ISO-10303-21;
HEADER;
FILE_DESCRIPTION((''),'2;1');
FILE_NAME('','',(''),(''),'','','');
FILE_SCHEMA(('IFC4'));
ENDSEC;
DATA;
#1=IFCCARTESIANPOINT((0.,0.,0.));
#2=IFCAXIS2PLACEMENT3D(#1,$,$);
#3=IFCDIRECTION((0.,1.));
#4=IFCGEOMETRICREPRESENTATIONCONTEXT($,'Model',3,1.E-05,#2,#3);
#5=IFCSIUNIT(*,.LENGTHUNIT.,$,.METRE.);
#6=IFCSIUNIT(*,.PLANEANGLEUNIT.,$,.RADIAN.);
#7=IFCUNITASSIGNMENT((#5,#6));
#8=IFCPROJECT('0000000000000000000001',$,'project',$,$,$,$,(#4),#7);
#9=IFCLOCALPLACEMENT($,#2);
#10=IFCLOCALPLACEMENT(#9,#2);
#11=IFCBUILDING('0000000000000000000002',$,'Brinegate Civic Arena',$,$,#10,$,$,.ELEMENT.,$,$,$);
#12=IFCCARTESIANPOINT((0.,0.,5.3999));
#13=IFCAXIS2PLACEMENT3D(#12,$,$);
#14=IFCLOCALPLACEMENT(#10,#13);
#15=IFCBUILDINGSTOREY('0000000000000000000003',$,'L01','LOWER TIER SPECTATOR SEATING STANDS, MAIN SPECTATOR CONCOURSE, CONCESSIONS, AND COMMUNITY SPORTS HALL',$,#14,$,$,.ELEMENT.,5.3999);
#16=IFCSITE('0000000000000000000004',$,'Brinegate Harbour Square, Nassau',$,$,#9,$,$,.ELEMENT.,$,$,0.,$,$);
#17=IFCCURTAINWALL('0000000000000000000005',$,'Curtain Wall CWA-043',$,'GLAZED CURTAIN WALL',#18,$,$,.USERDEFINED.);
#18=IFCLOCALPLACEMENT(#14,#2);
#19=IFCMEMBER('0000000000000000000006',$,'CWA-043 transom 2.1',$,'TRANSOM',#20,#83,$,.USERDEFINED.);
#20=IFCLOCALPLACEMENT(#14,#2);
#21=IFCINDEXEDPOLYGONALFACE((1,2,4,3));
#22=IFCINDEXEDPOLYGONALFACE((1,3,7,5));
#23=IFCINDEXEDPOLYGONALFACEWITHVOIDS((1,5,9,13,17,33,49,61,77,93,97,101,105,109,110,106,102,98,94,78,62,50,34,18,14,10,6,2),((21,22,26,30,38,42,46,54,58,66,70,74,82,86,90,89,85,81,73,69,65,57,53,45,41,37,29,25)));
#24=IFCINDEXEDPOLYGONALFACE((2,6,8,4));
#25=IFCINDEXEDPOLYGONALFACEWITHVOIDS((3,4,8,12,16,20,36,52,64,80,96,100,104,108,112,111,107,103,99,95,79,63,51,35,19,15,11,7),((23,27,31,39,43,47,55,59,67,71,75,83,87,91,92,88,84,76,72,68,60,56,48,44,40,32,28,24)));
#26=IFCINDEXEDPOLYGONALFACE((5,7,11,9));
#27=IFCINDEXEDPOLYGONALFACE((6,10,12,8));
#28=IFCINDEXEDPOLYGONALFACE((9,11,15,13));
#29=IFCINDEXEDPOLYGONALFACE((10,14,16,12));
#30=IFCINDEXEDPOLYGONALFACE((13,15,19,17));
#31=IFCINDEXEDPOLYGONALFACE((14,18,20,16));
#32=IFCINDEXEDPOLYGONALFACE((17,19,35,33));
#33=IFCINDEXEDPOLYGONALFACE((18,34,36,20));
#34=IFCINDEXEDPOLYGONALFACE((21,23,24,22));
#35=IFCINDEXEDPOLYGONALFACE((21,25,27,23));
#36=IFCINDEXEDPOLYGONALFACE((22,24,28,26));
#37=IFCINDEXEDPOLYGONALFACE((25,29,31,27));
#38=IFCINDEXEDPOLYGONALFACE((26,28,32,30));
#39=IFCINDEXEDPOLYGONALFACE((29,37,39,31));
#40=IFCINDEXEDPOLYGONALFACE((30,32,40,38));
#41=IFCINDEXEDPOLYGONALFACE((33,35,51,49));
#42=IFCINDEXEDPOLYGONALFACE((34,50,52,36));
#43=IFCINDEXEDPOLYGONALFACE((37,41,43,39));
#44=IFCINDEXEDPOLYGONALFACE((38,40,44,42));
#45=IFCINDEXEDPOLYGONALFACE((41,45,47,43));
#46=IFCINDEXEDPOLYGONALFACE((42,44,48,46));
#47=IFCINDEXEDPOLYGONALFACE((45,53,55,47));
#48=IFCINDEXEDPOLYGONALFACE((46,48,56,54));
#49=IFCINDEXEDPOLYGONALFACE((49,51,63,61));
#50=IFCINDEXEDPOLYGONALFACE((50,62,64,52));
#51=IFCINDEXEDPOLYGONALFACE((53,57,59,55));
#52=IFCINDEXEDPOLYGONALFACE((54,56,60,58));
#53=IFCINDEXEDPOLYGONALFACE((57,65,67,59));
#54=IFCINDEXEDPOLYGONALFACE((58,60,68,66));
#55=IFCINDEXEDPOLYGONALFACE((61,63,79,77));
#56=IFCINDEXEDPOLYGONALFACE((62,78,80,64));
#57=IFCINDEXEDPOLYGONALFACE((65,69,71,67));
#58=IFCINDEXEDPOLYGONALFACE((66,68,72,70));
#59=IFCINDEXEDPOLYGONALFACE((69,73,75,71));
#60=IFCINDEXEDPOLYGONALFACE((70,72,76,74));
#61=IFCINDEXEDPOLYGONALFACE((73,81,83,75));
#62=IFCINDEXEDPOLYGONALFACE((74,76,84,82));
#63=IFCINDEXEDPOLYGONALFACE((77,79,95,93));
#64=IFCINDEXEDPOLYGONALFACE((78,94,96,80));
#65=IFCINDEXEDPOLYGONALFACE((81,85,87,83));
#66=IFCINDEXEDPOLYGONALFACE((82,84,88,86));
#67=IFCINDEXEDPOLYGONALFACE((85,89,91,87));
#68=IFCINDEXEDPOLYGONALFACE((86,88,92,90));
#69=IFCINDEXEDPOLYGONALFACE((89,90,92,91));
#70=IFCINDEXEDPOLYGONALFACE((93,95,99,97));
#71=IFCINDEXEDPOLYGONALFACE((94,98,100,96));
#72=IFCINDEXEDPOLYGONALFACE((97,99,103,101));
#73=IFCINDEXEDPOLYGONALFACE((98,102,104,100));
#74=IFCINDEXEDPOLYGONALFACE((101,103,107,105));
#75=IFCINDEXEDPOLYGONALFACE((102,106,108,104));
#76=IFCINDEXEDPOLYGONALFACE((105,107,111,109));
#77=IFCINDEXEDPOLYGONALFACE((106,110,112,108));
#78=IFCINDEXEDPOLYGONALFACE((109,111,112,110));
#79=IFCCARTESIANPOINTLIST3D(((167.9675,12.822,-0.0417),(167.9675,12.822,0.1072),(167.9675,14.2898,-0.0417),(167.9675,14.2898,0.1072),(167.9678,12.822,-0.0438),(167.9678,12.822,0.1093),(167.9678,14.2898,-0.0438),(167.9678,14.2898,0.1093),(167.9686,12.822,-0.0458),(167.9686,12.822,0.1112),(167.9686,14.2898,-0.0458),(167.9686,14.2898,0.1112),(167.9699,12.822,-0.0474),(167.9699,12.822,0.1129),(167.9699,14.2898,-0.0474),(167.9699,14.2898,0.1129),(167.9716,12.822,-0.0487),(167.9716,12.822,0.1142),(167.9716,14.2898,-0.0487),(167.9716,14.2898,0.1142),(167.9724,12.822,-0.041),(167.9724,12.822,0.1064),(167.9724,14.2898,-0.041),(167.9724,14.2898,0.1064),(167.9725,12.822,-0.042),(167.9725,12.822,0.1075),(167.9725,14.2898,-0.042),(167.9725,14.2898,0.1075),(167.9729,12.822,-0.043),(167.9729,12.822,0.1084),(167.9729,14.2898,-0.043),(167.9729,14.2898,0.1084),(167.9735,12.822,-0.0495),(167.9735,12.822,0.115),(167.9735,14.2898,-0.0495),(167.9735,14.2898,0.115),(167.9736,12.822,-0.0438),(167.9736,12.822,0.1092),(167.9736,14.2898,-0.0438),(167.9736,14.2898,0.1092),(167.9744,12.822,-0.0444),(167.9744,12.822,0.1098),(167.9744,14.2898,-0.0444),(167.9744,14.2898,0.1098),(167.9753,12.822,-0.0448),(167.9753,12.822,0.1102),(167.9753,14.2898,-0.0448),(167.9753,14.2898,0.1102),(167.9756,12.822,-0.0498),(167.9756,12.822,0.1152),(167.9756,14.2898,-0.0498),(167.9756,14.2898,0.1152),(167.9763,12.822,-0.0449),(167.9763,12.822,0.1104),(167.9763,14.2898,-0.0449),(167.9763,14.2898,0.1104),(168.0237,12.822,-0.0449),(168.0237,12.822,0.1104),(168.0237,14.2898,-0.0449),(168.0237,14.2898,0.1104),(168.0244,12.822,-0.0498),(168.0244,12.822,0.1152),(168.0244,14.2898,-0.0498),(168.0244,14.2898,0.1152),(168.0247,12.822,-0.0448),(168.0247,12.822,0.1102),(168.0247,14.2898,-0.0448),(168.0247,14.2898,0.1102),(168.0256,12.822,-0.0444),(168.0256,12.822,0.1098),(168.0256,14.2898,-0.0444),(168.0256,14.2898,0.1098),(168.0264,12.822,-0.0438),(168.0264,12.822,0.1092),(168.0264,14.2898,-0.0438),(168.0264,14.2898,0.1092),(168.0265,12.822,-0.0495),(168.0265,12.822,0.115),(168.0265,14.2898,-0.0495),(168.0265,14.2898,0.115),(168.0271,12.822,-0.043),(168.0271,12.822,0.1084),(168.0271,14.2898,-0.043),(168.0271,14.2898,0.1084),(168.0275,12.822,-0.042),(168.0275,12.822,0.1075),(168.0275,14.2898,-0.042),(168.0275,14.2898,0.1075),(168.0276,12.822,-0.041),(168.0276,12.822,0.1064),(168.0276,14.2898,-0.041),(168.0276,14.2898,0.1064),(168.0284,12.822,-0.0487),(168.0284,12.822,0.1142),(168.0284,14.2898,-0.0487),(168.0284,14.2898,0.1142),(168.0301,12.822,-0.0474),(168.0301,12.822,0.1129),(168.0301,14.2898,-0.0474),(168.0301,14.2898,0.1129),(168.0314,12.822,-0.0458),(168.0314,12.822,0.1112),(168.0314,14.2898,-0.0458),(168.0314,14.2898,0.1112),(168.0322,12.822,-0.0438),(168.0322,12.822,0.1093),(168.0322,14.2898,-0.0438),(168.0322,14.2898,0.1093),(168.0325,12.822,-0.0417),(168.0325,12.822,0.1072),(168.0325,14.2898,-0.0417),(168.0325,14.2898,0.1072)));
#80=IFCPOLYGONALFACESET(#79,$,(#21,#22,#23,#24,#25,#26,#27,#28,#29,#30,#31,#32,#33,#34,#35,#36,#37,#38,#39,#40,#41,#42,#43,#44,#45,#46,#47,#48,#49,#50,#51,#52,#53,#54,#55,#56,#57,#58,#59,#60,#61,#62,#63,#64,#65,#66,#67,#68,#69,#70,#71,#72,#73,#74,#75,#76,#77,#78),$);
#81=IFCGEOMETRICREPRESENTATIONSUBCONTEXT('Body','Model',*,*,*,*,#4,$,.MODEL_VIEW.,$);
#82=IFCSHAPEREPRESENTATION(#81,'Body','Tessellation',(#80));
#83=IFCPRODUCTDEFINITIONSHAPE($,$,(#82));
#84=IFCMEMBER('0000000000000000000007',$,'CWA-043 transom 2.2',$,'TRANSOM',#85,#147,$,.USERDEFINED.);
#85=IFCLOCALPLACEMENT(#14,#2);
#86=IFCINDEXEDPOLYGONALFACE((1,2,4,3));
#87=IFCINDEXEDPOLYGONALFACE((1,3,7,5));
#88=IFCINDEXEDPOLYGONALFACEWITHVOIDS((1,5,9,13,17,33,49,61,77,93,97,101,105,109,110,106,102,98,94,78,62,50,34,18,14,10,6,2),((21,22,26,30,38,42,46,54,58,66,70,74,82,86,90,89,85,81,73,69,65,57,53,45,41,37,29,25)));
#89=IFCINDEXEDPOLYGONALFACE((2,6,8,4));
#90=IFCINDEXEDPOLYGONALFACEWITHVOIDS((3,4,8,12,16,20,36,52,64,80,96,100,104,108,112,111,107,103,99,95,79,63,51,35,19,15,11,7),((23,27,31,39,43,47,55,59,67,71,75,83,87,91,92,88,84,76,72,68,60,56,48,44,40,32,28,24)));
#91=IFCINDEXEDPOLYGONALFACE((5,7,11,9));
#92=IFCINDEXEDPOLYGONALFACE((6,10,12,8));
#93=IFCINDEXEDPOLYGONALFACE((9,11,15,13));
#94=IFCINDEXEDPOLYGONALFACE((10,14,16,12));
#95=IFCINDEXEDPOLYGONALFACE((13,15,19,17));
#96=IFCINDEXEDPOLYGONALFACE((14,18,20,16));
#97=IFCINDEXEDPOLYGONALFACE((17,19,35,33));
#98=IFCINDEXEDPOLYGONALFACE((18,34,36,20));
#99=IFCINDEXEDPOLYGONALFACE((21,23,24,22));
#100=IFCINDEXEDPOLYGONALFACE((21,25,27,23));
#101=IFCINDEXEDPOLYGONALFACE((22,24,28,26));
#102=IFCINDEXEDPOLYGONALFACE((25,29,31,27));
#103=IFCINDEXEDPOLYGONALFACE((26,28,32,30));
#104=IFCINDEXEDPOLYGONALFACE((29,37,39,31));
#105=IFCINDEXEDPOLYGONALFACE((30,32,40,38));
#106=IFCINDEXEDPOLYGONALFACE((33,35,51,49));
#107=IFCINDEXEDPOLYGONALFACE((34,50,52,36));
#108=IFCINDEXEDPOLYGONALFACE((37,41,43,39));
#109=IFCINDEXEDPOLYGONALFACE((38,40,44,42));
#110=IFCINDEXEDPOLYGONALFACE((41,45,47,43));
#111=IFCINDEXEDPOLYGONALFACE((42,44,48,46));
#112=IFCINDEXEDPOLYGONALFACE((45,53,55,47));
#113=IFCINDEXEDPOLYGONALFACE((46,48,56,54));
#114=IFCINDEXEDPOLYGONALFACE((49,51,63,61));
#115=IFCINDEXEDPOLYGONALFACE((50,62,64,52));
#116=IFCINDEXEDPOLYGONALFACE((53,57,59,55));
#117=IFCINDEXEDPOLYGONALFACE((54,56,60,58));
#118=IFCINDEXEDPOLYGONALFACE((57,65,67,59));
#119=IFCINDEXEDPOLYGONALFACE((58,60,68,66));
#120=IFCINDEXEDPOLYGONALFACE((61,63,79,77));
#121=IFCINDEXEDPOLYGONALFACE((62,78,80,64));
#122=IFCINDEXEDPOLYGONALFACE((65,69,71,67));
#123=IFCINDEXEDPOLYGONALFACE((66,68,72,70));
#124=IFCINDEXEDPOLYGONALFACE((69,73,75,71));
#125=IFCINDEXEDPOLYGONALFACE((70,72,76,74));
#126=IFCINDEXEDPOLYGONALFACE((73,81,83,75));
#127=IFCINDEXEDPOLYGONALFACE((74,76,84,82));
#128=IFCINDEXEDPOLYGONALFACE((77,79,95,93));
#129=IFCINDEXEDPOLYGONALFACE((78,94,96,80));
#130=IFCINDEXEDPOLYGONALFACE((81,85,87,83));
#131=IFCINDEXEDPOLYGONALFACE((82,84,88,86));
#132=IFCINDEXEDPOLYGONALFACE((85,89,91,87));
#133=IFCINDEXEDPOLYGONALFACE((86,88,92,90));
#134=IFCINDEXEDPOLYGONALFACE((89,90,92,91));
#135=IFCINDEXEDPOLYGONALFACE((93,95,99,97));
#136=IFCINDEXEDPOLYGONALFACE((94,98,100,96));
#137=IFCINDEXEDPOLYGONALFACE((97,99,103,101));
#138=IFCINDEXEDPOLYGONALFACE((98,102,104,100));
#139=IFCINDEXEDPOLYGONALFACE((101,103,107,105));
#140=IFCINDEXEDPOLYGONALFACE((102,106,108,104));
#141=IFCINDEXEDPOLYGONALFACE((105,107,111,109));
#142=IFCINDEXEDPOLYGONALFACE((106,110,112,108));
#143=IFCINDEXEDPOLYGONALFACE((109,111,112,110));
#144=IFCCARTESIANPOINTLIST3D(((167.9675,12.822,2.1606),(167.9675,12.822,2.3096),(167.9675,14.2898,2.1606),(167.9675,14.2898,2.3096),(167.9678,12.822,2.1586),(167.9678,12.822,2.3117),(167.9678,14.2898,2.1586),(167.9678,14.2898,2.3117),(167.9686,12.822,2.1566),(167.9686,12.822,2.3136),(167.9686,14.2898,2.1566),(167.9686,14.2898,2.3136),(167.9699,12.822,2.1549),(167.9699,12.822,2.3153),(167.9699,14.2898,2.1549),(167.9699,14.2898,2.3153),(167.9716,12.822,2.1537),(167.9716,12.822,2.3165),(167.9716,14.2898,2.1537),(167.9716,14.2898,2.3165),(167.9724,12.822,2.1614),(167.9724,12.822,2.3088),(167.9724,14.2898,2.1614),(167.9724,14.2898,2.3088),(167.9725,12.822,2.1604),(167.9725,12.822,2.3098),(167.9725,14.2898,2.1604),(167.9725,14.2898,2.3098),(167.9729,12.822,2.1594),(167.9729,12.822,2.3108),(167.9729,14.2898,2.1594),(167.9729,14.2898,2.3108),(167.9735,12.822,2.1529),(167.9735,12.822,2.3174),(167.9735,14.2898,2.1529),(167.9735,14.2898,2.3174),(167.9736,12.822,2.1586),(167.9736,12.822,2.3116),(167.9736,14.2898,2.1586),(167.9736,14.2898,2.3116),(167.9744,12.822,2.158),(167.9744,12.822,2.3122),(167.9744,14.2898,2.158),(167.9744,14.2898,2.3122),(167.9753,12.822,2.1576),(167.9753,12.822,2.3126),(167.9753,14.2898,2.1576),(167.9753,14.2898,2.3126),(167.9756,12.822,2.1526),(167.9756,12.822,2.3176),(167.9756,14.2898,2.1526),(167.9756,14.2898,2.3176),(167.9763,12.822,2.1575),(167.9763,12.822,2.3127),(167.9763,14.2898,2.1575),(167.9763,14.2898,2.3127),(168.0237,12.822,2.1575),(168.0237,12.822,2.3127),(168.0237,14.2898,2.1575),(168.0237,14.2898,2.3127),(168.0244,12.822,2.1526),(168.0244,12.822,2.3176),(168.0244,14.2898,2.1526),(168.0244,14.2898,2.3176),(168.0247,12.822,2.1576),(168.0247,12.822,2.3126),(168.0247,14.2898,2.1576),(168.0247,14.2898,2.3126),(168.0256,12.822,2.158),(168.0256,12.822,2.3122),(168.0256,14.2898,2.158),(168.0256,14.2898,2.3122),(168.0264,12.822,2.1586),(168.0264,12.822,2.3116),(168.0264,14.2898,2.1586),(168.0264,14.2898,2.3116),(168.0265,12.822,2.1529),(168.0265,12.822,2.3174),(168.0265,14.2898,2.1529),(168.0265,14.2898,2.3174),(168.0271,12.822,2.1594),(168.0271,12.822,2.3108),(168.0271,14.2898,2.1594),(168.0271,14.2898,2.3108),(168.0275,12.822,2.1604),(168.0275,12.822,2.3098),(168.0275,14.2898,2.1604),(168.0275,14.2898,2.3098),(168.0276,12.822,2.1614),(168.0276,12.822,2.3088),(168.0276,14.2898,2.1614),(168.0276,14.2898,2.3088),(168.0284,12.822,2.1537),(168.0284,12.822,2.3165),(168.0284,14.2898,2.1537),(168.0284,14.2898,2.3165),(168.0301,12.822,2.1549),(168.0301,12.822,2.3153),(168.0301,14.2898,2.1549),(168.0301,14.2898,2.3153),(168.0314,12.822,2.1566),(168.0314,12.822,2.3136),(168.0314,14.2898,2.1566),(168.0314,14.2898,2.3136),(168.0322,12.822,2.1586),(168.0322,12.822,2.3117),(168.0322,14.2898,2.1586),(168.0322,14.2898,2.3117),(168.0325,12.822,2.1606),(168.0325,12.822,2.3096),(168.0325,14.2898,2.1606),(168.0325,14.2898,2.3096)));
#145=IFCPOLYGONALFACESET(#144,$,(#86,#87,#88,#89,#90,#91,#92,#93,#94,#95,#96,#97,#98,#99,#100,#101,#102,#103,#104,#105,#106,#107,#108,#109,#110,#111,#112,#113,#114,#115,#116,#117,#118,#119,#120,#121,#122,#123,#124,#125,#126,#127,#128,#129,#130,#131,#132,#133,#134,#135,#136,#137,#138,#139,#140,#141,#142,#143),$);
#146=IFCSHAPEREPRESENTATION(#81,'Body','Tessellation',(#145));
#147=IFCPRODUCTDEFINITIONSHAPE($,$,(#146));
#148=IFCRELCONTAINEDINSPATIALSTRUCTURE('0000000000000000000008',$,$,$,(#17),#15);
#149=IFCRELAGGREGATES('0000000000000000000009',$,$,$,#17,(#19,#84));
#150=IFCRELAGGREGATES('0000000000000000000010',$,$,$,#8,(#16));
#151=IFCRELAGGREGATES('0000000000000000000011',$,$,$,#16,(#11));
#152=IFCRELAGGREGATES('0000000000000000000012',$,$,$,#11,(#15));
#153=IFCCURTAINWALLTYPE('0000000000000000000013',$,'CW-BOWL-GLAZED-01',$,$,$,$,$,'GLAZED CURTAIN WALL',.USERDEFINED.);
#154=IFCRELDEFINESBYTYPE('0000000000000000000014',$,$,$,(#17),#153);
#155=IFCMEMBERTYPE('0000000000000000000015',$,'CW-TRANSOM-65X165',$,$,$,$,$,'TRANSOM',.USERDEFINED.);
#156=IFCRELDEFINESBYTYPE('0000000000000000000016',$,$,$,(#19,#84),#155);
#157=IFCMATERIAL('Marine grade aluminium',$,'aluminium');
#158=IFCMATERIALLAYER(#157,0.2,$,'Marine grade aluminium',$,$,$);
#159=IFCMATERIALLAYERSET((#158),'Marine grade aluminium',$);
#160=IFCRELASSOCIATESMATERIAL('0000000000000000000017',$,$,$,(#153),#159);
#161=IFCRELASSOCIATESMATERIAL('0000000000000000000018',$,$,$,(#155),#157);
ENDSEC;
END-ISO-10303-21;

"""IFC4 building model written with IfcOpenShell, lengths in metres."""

from ifc_helpers import new_model, si_unit, direction, frame, origin, origin_2d, place, context, subcontext, project, spatial, hollow_rectangle, extrude, material, layer, layer_set, material_profile, profile_set, type_object, element, aggregate, save


model = new_model("IFC4")

# Units and contexts
model_context = context("Model", 3, precision=1e-05, world=origin(), true_north=direction((0.0, 1.0)))
body_context = subcontext(model_context, "Body", "Model", "MODEL_VIEW")
ifc_project = project(units=[si_unit("LENGTHUNIT", "METRE"), si_unit("PLANEANGLEUNIT", "RADIAN")], contexts=[model_context])

# Site, building, storey
site_placement = place(None, origin())
site = spatial("IfcSite", under=ifc_project, at=site_placement, Name="Brinegate Harbour Square, Nassau", CompositionType="ELEMENT", RefElevation=0.0)
building_placement = place(site_placement, origin())
building = spatial("IfcBuilding", under=site, at=building_placement, Name="Brinegate Civic Arena", CompositionType="ELEMENT")
storey_placement = place(building_placement, frame((0.0, 0.0, 5.3999)))
storey = spatial("IfcBuildingStorey", under=building, at=storey_placement, Name="L01", Description="LOWER TIER SPECTATOR SEATING STANDS, MAIN SPECTATOR CONCOURSE, CONCESSIONS, AND COMMUNITY SPORTS HALL", CompositionType="ELEMENT", Elevation=5.3999)

# Curtain wall, members
ifc_material_1 = material(Name="Marine grade aluminium", Category="aluminium")
ifc_layer_1 = layer(ifc_material_1, 0.2, Name="Marine grade aluminium")
ifc_layer_set_1 = layer_set([ifc_layer_1], Name="Marine grade aluminium")
curtain_wall_type = type_object("IfcCurtainWallType", Name="CW-BOWL-GLAZED-01", ElementType="GLAZED CURTAIN WALL", PredefinedType="USERDEFINED", material=ifc_layer_set_1)
curtain_wall_placement = place(storey_placement, origin())
curtain_wall = element("IfcCurtainWall", 1, at=curtain_wall_placement, inside=storey, type_object=curtain_wall_type, Name="Curtain Wall CWA-043", ObjectType="GLAZED CURTAIN WALL", PredefinedType="USERDEFINED")
ifc_material_profile_1 = material_profile(ifc_material_1, hollow_rectangle(XDim=0.0649, YDim=0.165, WallThickness=0.0049, InnerFilletRadius=0.0039, OuterFilletRadius=0.0081, at=origin_2d()), Name="TRN65X165")
ifc_profile_set_1 = profile_set([ifc_material_profile_1], Name="Marine grade aluminium")
member_type_1 = type_object("IfcMemberType", Name="CW-TRANSOM-65X165", ElementType="TRANSOM", PredefinedType="USERDEFINED", material=ifc_profile_set_1)
member_1_placement = place(storey_placement, frame((168.0, 12.822, 0.0327), z_axis=(0.0, 1.0, 0.0), x_axis=(-1.0, 0.0, 0.0)))
member_1 = element("IfcMember", 2, at=member_1_placement, type_object=member_type_1, Name="CWA-043 transom 2.1", ObjectType="TRANSOM", PredefinedType="USERDEFINED", context=body_context, shape_type="SweptSolid", body=[
    extrude(hollow_rectangle(XDim=0.0649, YDim=0.165, WallThickness=0.0049, InnerFilletRadius=0.0039, OuterFilletRadius=0.0081, at=origin_2d()), origin(), (0.0, 0.0, 1.0), 1.4678),
])
member_2_placement = place(storey_placement, frame((168.0, 12.822, 2.2351), z_axis=(0.0, 1.0, 0.0), x_axis=(-1.0, 0.0, 0.0)))
member_2 = element("IfcMember", 3, at=member_2_placement, type_object=member_type_1, Name="CWA-043 transom 2.2", ObjectType="TRANSOM", PredefinedType="USERDEFINED", context=body_context, shape_type="SweptSolid", body=[
    extrude(hollow_rectangle(XDim=0.0649, YDim=0.165, WallThickness=0.0049, InnerFilletRadius=0.0039, OuterFilletRadius=0.0081, at=origin_2d()), origin(), (0.0, 0.0, 1.0), 1.4678),
])
aggregate(curtain_wall, [member_1, member_2])

save(model, "model.ifc")
